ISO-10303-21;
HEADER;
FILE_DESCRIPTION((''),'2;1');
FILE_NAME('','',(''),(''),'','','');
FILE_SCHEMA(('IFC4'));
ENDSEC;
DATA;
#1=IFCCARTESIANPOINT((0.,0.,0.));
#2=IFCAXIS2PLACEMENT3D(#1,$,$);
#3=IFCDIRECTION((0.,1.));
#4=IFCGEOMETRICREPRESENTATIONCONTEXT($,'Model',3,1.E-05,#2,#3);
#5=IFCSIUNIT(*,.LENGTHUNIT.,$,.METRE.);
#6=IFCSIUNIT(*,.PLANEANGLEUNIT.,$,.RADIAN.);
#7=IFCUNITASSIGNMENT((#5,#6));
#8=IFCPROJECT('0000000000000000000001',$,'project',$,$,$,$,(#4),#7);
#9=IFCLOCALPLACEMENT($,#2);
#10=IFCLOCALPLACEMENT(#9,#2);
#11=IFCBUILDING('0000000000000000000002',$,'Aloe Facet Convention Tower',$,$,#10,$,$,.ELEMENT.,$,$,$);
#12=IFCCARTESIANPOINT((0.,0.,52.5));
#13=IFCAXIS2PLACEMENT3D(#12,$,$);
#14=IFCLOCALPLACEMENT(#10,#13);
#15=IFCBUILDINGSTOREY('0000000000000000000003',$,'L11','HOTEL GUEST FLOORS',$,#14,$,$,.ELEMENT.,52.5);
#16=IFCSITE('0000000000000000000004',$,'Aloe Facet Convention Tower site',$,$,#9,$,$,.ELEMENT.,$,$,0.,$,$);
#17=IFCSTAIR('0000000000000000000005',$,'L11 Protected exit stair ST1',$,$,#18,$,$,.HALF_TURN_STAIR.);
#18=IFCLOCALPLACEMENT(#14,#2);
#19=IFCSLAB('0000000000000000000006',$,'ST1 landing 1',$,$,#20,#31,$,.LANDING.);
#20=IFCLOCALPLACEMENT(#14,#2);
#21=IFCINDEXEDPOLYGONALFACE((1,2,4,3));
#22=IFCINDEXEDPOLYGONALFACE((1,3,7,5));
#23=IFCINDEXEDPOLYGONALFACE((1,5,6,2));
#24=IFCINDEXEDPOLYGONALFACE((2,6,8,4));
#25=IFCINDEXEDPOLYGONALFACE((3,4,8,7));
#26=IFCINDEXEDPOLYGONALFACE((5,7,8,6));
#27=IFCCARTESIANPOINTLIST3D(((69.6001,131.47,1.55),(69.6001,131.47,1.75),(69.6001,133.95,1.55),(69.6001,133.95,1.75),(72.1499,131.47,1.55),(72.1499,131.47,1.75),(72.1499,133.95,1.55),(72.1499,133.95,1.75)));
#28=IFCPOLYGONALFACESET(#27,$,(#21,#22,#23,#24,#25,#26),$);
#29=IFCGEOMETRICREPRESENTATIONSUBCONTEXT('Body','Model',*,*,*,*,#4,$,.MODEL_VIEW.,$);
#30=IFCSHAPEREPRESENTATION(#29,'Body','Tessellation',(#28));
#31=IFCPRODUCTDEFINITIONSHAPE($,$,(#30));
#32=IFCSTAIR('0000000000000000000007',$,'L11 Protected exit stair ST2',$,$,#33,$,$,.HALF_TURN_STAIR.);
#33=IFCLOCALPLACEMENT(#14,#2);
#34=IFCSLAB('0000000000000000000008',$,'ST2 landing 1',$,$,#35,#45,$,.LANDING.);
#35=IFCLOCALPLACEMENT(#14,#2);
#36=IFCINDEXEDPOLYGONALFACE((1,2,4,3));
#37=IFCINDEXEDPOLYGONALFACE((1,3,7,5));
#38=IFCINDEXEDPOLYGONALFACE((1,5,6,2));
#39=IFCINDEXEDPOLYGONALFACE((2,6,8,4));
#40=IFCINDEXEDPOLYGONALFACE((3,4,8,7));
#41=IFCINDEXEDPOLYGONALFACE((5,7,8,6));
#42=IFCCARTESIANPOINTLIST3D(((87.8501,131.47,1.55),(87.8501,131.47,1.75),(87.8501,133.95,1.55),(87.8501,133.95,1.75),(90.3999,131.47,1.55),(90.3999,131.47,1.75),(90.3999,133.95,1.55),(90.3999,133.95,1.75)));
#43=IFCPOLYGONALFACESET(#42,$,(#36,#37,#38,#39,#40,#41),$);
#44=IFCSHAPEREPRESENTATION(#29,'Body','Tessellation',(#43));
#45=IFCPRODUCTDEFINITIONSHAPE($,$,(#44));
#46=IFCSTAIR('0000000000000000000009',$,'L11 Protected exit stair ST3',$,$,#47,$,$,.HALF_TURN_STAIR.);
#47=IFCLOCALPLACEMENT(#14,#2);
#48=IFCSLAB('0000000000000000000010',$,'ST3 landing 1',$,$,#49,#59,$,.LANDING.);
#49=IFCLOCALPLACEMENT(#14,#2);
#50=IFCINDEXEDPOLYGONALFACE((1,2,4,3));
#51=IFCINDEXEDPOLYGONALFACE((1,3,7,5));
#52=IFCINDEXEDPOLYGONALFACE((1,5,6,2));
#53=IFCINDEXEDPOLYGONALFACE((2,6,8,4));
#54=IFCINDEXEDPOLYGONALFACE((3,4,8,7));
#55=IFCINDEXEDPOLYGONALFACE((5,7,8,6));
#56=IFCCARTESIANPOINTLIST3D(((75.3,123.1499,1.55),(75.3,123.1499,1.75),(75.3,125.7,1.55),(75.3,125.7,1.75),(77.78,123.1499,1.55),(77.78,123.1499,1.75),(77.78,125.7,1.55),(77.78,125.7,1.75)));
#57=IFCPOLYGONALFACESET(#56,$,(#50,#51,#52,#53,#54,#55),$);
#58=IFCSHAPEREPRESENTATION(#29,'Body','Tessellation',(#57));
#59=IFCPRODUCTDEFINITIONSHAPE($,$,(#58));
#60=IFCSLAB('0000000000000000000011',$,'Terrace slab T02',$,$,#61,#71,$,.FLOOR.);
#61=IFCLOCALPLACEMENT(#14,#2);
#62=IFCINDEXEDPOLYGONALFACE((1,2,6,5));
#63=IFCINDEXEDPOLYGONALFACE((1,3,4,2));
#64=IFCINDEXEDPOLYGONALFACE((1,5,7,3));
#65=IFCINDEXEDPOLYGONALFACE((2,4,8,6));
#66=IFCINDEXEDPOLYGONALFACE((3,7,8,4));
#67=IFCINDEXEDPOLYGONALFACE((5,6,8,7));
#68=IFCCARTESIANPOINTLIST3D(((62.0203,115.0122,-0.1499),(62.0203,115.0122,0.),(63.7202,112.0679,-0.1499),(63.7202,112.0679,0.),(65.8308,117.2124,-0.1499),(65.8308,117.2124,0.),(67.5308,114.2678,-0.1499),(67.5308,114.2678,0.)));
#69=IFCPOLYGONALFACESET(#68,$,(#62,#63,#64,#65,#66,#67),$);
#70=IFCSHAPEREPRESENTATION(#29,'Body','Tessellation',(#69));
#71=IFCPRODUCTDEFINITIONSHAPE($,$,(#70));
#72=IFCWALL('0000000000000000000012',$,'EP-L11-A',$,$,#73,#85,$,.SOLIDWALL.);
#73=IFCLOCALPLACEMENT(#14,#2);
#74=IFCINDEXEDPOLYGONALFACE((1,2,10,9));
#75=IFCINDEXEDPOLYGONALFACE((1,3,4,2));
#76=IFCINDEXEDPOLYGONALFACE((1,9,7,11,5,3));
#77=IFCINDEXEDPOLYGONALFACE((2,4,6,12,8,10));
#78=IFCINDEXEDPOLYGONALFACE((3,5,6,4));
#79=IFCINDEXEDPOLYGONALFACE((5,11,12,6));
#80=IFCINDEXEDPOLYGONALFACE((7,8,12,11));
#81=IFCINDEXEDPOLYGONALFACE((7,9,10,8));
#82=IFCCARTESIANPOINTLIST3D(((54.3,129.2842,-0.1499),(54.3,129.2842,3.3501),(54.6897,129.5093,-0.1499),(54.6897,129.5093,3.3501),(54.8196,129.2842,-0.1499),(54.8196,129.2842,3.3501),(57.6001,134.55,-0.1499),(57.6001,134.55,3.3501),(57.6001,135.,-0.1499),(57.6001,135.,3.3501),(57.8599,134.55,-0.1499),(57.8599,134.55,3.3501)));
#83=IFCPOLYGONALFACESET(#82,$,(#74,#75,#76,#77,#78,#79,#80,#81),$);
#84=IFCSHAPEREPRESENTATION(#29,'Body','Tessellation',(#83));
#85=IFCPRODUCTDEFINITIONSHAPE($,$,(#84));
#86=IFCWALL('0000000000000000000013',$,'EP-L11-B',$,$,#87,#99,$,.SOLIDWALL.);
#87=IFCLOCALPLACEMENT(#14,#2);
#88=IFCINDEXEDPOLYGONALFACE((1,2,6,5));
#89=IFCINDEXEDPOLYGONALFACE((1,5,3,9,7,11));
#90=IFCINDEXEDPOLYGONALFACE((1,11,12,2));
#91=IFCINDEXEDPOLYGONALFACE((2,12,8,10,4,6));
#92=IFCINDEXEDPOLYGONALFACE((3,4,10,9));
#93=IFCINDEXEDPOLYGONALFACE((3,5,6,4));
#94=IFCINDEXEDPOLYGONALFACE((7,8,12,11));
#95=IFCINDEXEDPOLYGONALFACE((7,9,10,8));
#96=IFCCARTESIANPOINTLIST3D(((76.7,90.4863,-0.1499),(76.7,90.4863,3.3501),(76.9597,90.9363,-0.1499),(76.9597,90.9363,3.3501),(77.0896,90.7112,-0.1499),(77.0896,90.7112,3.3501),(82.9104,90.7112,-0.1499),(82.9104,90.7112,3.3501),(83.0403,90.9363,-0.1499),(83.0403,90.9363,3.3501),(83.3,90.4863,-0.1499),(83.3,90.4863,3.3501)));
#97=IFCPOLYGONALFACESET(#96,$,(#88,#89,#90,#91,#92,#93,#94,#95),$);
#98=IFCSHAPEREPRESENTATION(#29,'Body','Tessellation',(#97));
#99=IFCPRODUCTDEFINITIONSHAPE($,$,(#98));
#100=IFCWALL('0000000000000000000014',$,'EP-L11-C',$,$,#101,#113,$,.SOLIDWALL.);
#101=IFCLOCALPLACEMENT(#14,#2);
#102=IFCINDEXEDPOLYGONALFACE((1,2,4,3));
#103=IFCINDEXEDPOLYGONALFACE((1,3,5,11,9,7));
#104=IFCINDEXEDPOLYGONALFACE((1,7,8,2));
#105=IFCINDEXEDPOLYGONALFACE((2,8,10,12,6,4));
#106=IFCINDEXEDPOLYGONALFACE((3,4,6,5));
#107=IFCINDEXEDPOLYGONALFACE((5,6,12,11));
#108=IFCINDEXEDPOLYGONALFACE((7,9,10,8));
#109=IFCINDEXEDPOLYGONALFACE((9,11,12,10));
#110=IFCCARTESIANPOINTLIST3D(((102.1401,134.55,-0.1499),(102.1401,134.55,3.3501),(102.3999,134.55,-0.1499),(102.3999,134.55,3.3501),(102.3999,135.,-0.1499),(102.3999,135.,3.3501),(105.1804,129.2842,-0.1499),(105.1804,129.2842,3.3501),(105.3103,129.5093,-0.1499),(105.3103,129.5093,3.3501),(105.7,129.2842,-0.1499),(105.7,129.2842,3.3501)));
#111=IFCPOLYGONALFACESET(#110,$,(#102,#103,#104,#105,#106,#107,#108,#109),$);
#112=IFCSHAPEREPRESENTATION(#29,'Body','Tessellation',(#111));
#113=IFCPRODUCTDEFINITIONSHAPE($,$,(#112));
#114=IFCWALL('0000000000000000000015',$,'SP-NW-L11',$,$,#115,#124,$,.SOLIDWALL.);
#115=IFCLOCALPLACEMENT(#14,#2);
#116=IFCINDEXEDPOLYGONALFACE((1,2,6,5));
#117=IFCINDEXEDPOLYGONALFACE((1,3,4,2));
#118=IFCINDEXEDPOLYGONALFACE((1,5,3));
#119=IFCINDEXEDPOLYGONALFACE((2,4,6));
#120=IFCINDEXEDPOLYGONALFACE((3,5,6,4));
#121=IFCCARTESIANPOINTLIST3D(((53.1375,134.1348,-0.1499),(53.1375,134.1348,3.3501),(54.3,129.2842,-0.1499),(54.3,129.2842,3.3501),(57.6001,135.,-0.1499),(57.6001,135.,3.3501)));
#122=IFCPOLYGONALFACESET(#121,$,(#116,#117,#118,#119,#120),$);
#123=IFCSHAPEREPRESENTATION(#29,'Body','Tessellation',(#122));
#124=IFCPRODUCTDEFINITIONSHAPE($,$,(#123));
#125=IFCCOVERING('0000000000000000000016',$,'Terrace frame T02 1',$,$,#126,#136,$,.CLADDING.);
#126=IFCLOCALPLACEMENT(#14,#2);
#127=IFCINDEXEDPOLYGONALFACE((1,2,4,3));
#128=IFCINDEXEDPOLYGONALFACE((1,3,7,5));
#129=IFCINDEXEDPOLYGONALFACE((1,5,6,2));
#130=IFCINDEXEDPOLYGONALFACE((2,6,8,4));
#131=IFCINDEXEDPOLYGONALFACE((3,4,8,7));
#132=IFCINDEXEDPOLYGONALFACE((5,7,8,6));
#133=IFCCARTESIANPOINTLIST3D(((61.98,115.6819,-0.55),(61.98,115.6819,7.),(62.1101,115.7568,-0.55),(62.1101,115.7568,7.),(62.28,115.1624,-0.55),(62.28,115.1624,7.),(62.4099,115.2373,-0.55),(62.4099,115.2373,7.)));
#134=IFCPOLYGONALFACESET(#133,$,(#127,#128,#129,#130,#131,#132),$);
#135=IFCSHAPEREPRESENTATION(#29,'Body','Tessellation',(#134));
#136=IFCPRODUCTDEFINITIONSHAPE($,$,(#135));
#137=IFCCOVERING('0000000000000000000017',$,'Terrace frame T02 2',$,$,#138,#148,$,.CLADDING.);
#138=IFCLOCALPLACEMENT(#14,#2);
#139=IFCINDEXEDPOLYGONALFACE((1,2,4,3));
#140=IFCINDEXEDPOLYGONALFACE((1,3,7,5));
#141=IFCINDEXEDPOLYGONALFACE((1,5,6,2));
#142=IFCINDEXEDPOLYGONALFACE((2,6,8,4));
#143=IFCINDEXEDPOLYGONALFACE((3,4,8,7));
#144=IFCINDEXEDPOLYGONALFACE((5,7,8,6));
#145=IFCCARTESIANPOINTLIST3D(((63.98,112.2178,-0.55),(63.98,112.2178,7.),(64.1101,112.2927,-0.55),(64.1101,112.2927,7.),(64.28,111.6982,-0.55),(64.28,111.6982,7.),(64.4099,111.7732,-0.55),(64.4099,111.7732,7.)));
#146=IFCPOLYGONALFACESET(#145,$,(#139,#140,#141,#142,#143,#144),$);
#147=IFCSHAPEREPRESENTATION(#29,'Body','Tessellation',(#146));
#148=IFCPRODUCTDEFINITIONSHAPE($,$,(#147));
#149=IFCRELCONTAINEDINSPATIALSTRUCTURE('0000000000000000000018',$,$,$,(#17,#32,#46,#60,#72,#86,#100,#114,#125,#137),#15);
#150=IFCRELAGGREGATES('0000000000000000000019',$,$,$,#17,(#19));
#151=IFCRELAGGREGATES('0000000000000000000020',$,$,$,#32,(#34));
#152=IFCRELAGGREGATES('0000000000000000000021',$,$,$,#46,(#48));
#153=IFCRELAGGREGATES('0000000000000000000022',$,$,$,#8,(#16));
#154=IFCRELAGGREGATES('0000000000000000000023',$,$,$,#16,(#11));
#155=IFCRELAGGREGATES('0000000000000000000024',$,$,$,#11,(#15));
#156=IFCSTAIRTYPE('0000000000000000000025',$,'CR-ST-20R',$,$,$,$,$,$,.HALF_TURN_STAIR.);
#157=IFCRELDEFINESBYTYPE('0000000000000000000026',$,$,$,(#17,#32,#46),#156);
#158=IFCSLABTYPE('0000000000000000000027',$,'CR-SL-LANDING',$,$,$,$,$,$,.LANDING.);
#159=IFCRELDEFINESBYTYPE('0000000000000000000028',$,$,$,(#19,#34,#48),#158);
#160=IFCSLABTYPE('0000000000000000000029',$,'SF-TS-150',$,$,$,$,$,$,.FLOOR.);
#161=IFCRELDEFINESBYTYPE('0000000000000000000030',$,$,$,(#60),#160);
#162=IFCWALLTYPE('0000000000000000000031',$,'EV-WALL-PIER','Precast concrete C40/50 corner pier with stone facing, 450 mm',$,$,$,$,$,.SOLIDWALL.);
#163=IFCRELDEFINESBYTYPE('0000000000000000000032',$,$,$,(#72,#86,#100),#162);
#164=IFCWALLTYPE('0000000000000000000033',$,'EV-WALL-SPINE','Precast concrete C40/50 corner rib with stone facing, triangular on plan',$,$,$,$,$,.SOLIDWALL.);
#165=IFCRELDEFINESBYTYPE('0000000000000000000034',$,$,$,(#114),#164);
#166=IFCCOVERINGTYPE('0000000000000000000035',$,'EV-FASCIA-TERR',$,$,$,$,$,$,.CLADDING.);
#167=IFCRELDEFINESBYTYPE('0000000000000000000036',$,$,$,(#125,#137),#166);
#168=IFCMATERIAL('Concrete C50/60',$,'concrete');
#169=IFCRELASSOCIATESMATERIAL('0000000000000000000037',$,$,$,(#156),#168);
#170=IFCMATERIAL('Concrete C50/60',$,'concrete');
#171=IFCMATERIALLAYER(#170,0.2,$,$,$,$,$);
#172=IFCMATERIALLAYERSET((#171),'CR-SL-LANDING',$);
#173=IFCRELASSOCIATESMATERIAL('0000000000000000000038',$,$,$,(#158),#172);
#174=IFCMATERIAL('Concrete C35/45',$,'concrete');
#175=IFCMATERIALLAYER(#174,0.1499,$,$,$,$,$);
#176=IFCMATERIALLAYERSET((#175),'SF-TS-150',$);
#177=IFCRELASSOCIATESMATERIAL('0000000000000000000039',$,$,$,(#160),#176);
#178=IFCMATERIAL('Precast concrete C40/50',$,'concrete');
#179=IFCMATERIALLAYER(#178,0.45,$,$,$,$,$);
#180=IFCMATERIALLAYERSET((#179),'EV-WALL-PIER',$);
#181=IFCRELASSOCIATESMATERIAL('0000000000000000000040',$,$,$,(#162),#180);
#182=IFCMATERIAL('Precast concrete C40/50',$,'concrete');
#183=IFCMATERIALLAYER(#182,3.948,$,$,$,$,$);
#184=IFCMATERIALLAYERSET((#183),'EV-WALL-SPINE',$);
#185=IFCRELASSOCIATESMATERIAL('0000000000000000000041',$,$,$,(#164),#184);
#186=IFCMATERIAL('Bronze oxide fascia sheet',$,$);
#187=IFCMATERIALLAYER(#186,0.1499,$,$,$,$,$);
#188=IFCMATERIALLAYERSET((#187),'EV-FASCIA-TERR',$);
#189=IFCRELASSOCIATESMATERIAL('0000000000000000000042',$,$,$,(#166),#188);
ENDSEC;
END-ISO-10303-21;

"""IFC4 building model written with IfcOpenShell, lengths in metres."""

from ifc_helpers import new_model, si_unit, direction, frame, origin, place, context, subcontext, project, spatial, polyline, outline, extrude, material, layer, layer_set, type_object, element, aggregate, save


model = new_model("IFC4")

# Units and contexts
model_context = context("Model", 3, precision=1e-05, world=origin(), true_north=direction((0.0, 1.0)))
body_context = subcontext(model_context, "Body", "Model", "MODEL_VIEW")
ifc_project = project(units=[si_unit("LENGTHUNIT", "METRE"), si_unit("PLANEANGLEUNIT", "RADIAN")], contexts=[model_context])

# Site, building, storey
site_placement = place(None, origin())
site = spatial("IfcSite", under=ifc_project, at=site_placement, Name="Aloe Facet Convention Tower site", CompositionType="ELEMENT", RefElevation=0.0)
building_placement = place(site_placement, origin())
building = spatial("IfcBuilding", under=site, at=building_placement, Name="Aloe Facet Convention Tower", CompositionType="ELEMENT")
storey_placement = place(building_placement, frame((0.0, 0.0, 52.5)))
storey = spatial("IfcBuildingStorey", under=building, at=storey_placement, Name="L11", Description="HOTEL GUEST FLOORS", CompositionType="ELEMENT", Elevation=52.5)

# Stairs, slabs
ifc_material_1 = material(Name="Concrete C50/60", Category="concrete")
stair_type = type_object("IfcStairType", Name="CR-ST-20R", PredefinedType="HALF_TURN_STAIR", material=ifc_material_1)
stair_1_placement = place(storey_placement, origin())
stair_1 = element("IfcStair", 1, at=stair_1_placement, inside=storey, type_object=stair_type, Name="L11 Protected exit stair ST1", PredefinedType="HALF_TURN_STAIR")
ifc_material_2 = material(Name="Concrete C50/60", Category="concrete")
ifc_layer_1 = layer(ifc_material_2, 0.2)
ifc_layer_set_1 = layer_set([ifc_layer_1], Name="CR-SL-LANDING")
slab_type_1 = type_object("IfcSlabType", Name="CR-SL-LANDING", PredefinedType="LANDING", material=ifc_layer_set_1)
slab_1_placement = place(storey_placement, frame((0.0, 0.0, 1.55)))
slab_1 = element("IfcSlab", 2, at=slab_1_placement, type_object=slab_type_1, Name="ST1 landing 1", PredefinedType="LANDING", context=body_context, shape_type="SweptSolid", body=[
    extrude(outline(polyline([(72.1499, 131.47), (72.1499, 133.95), (69.6001, 133.95), (69.6001, 131.47), (72.1499, 131.47)])), origin(), (0.0, 0.0, 1.0), 0.2),
])
aggregate(stair_1, [slab_1])
stair_2_placement = place(storey_placement, origin())
stair_2 = element("IfcStair", 3, at=stair_2_placement, inside=storey, type_object=stair_type, Name="L11 Protected exit stair ST2", PredefinedType="HALF_TURN_STAIR")
slab_2_placement = place(storey_placement, frame((0.0, 0.0, 1.55)))
slab_2 = element("IfcSlab", 4, at=slab_2_placement, type_object=slab_type_1, Name="ST2 landing 1", PredefinedType="LANDING", context=body_context, shape_type="SweptSolid", body=[
    extrude(outline(polyline([(90.3999, 131.47), (90.3999, 133.95), (87.8501, 133.95), (87.8501, 131.47), (90.3999, 131.47)])), origin(), (0.0, 0.0, 1.0), 0.2),
])
aggregate(stair_2, [slab_2])
stair_3_placement = place(storey_placement, origin())
stair_3 = element("IfcStair", 5, at=stair_3_placement, inside=storey, type_object=stair_type, Name="L11 Protected exit stair ST3", PredefinedType="HALF_TURN_STAIR")
slab_3_placement = place(storey_placement, frame((0.0, 0.0, 1.55)))
slab_3 = element("IfcSlab", 6, at=slab_3_placement, type_object=slab_type_1, Name="ST3 landing 1", PredefinedType="LANDING", context=body_context, shape_type="SweptSolid", body=[
    extrude(outline(polyline([(77.78, 125.7), (75.3, 125.7), (75.3, 123.1499), (77.78, 123.1499), (77.78, 125.7)])), origin(), (0.0, 0.0, 1.0), 0.2),
])
aggregate(stair_3, [slab_3])

# Slab
ifc_material_3 = material(Name="Concrete C35/45", Category="concrete")
ifc_layer_2 = layer(ifc_material_3, 0.1499)
ifc_layer_set_2 = layer_set([ifc_layer_2], Name="SF-TS-150")
slab_type_2 = type_object("IfcSlabType", Name="SF-TS-150", PredefinedType="FLOOR", material=ifc_layer_set_2)
slab_4_placement = place(storey_placement, frame((0.0, 0.0, -0.1499)))
element("IfcSlab", 7, at=slab_4_placement, inside=storey, type_object=slab_type_2, Name="Terrace slab T02", PredefinedType="FLOOR", context=body_context, shape_type="SweptSolid", body=[
    extrude(outline(polyline([(62.0203, 115.0122), (65.8308, 117.2124), (67.5308, 114.2678), (63.7202, 112.0679), (62.0203, 115.0122)])), origin(), (0.0, 0.0, 1.0), 0.1499),
])

# Walls
ifc_material_4 = material(Name="Precast concrete C40/50", Category="concrete")
ifc_layer_3 = layer(ifc_material_4, 0.45)
ifc_layer_set_3 = layer_set([ifc_layer_3], Name="EV-WALL-PIER")
wall_type_1 = type_object("IfcWallType", Name="EV-WALL-PIER", Description="Precast concrete C40/50 corner pier with stone facing, 450 mm", PredefinedType="SOLIDWALL", material=ifc_layer_set_3)
wall_1_placement = place(storey_placement, frame((0.0, 0.0, -0.1499)))
element("IfcWall", 8, at=wall_1_placement, inside=storey, type_object=wall_type_1, Name="EP-L11-A", PredefinedType="SOLIDWALL", context=body_context, shape_type="SweptSolid", body=[
    extrude(outline(polyline([(57.6001, 135.0), (57.6001, 134.55), (57.8599, 134.55), (54.8196, 129.2842), (54.6897, 129.5093), (54.3, 129.2842), (57.6001, 135.0)])), origin(), (0.0, 0.0, 1.0), 3.5),
])
wall_2_placement = place(storey_placement, frame((0.0, 0.0, -0.1499)))
element("IfcWall", 9, at=wall_2_placement, inside=storey, type_object=wall_type_1, Name="EP-L11-B", PredefinedType="SOLIDWALL", context=body_context, shape_type="SweptSolid", body=[
    extrude(outline(polyline([(76.7, 90.4863), (77.0896, 90.7112), (76.9597, 90.9363), (83.0403, 90.9363), (82.9104, 90.7112), (83.3, 90.4863), (76.7, 90.4863)])), origin(), (0.0, 0.0, 1.0), 3.5),
])
wall_3_placement = place(storey_placement, frame((0.0, 0.0, -0.1499)))
element("IfcWall", 10, at=wall_3_placement, inside=storey, type_object=wall_type_1, Name="EP-L11-C", PredefinedType="SOLIDWALL", context=body_context, shape_type="SweptSolid", body=[
    extrude(outline(polyline([(105.7, 129.2842), (105.3103, 129.5093), (105.1804, 129.2842), (102.1401, 134.55), (102.3999, 134.55), (102.3999, 135.0), (105.7, 129.2842)])), origin(), (0.0, 0.0, 1.0), 3.5),
])
ifc_material_5 = material(Name="Precast concrete C40/50", Category="concrete")
ifc_layer_4 = layer(ifc_material_5, 3.948)
ifc_layer_set_4 = layer_set([ifc_layer_4], Name="EV-WALL-SPINE")
wall_type_2 = type_object("IfcWallType", Name="EV-WALL-SPINE", Description="Precast concrete C40/50 corner rib with stone facing, triangular on plan", PredefinedType="SOLIDWALL", material=ifc_layer_set_4)
wall_4_placement = place(storey_placement, frame((0.0, 0.0, -0.1499)))
element("IfcWall", 11, at=wall_4_placement, inside=storey, type_object=wall_type_2, Name="SP-NW-L11", PredefinedType="SOLIDWALL", context=body_context, shape_type="SweptSolid", body=[
    extrude(outline(polyline([(57.6001, 135.0), (53.1375, 134.1348), (54.3, 129.2842), (57.6001, 135.0)])), origin(), (0.0, 0.0, 1.0), 3.5),
])

# Coverings
ifc_material_6 = material(Name="Bronze oxide fascia sheet")
ifc_layer_5 = layer(ifc_material_6, 0.1499)
ifc_layer_set_5 = layer_set([ifc_layer_5], Name="EV-FASCIA-TERR")
covering_type = type_object("IfcCoveringType", Name="EV-FASCIA-TERR", PredefinedType="CLADDING", material=ifc_layer_set_5)
covering_1_placement = place(storey_placement, frame((0.0, 0.0, -0.55)))
element("IfcCovering", 12, at=covering_1_placement, inside=storey, type_object=covering_type, Name="Terrace frame T02 1", PredefinedType="CLADDING", context=body_context, shape_type="SweptSolid", body=[
    extrude(outline(polyline([(61.98, 115.6819), (62.28, 115.1624), (62.4099, 115.2373), (62.1101, 115.7568), (61.98, 115.6819)])), origin(), (0.0, 0.0, 1.0), 7.55),
])
covering_2_placement = place(storey_placement, frame((0.0, 0.0, -0.55)))
element("IfcCovering", 13, at=covering_2_placement, inside=storey, type_object=covering_type, Name="Terrace frame T02 2", PredefinedType="CLADDING", context=body_context, shape_type="SweptSolid", body=[
    extrude(outline(polyline([(63.98, 112.2178), (64.28, 111.6982), (64.4099, 111.7732), (64.1101, 112.2927), (63.98, 112.2178)])), origin(), (0.0, 0.0, 1.0), 7.55),
])

save(model, "model.ifc")
